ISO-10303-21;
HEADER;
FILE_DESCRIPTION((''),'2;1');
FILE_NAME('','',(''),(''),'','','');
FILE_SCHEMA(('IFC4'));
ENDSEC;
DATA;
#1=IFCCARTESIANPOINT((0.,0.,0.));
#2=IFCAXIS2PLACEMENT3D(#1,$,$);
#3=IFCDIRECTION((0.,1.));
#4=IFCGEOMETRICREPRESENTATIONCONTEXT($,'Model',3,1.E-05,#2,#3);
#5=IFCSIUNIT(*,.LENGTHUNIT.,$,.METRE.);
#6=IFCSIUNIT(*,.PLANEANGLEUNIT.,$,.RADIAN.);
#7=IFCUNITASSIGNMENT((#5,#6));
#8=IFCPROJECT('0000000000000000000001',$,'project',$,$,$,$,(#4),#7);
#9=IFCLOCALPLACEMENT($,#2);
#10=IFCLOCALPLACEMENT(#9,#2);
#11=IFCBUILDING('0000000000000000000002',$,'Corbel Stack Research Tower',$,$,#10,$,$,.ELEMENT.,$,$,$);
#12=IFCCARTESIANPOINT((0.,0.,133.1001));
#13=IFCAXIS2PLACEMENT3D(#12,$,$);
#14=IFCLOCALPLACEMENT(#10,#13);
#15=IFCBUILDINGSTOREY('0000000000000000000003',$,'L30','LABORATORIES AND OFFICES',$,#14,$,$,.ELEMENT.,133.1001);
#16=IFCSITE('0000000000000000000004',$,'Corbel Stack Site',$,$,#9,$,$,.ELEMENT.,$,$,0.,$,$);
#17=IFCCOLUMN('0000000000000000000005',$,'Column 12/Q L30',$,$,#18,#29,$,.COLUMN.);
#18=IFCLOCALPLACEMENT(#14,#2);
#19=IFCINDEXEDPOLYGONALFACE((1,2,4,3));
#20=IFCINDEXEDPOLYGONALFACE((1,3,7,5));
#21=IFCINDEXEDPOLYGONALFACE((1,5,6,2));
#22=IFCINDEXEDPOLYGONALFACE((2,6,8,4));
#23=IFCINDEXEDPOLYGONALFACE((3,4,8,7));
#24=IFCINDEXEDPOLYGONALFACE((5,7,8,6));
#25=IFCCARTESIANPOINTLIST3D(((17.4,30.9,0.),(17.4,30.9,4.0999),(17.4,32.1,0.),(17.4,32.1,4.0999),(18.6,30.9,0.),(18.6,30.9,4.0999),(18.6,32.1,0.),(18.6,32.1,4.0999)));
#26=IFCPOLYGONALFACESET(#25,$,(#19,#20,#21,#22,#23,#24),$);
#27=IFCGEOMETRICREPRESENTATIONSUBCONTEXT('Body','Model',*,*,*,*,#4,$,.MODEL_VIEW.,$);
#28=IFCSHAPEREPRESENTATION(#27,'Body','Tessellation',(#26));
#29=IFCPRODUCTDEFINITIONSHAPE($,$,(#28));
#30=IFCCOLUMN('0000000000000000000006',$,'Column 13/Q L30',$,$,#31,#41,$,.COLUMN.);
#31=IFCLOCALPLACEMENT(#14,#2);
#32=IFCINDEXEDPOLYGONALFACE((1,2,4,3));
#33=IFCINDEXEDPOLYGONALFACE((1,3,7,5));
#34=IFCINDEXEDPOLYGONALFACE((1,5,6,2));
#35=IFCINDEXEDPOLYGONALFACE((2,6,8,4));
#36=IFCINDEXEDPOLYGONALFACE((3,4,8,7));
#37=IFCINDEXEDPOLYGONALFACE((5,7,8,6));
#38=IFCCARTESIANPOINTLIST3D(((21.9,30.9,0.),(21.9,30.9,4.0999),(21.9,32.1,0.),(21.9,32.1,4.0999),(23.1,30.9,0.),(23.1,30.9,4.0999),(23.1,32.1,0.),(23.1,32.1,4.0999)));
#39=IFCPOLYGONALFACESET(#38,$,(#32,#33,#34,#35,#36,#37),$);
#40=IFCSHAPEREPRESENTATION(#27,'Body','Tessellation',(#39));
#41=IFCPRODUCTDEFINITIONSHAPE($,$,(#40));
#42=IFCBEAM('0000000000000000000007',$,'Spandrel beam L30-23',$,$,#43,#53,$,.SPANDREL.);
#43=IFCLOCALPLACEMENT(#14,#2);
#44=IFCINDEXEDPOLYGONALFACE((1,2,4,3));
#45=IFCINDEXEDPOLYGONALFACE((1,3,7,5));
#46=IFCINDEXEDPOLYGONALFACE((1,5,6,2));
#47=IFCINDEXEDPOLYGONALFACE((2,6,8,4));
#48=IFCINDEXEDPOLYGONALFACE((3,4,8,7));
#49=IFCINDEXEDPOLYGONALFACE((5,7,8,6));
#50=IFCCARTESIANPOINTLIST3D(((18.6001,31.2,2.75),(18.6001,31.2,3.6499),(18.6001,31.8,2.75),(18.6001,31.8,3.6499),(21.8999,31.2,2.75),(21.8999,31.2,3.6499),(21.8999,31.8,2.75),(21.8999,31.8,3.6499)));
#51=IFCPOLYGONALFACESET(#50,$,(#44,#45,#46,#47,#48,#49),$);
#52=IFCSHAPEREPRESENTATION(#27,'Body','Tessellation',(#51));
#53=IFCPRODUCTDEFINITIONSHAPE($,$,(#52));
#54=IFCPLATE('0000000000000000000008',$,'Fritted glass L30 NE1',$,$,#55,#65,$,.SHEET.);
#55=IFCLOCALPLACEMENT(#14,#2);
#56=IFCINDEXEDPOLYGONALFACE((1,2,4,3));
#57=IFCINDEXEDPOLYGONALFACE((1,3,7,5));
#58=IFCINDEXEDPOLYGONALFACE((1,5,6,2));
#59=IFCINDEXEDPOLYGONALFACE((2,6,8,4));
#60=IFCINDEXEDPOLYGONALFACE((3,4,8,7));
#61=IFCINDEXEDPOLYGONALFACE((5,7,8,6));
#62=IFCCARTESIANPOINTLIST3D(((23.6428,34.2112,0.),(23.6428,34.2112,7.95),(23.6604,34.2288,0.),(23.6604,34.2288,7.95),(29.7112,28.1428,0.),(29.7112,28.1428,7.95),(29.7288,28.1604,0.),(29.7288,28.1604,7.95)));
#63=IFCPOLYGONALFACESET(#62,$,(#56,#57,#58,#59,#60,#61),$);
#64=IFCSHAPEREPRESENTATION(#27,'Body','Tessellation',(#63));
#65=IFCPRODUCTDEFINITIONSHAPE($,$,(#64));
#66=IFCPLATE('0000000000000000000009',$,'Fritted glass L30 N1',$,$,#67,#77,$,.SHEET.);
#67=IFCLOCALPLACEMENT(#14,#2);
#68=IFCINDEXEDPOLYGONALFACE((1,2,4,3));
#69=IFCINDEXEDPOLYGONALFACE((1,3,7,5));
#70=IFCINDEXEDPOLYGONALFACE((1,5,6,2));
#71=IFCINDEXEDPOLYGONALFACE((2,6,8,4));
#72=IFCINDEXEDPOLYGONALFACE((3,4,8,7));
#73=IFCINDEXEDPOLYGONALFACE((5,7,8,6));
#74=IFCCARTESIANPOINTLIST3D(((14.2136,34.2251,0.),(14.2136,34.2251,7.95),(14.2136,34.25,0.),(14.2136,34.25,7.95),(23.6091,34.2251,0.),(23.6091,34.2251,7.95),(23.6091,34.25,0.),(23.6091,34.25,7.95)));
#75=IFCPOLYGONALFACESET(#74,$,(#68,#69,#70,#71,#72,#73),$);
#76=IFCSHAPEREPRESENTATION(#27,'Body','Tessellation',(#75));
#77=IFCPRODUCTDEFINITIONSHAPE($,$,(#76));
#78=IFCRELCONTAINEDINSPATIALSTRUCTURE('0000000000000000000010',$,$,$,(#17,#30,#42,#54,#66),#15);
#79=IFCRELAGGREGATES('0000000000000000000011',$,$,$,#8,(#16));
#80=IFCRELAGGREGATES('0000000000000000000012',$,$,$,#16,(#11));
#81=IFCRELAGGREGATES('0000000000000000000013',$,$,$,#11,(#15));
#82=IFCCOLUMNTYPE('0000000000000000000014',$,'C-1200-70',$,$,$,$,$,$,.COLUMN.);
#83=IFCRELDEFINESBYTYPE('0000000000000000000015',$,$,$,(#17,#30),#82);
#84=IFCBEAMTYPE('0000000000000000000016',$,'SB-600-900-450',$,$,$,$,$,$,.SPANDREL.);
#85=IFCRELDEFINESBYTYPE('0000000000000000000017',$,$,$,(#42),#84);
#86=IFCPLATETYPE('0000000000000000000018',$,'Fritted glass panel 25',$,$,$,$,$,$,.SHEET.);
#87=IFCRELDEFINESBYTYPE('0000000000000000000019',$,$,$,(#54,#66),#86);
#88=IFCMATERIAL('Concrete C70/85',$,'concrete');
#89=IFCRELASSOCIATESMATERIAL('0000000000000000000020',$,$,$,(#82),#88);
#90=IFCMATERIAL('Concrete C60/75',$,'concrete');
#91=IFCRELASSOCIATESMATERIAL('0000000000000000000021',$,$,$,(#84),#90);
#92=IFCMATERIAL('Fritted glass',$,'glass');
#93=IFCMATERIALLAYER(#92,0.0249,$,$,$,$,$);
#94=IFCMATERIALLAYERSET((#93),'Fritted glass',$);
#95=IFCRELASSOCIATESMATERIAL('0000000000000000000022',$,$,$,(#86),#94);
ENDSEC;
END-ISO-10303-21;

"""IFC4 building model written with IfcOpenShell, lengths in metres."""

from ifc_helpers import new_model, si_unit, direction, frame, origin, origin_2d, place, context, subcontext, project, spatial, rectangle, extrude, material, layer, layer_set, material_profile, profile_set, type_object, element, save


model = new_model("IFC4")

# Units and contexts
model_context = context("Model", 3, precision=1e-05, world=origin(), true_north=direction((0.0, 1.0)))
body_context = subcontext(model_context, "Body", "Model", "MODEL_VIEW")
ifc_project = project(units=[si_unit("LENGTHUNIT", "METRE"), si_unit("PLANEANGLEUNIT", "RADIAN")], contexts=[model_context])

# Site, building, storey
site_placement = place(None, origin())
site = spatial("IfcSite", under=ifc_project, at=site_placement, Name="Corbel Stack Site", CompositionType="ELEMENT", RefElevation=0.0)
building_placement = place(site_placement, origin())
building = spatial("IfcBuilding", under=site, at=building_placement, Name="Corbel Stack Research Tower", CompositionType="ELEMENT")
storey_placement = place(building_placement, frame((0.0, 0.0, 133.1001)))
storey = spatial("IfcBuildingStorey", under=building, at=storey_placement, Name="L30", Description="LABORATORIES AND OFFICES", CompositionType="ELEMENT", Elevation=133.1001)

# Columns
ifc_material_1 = material(Name="Concrete C70/85", Category="concrete")
ifc_material_profile_1 = material_profile(ifc_material_1, rectangle(XDim=1.2, YDim=1.2, at=origin_2d()), Name="RC 1200 x 1200")
ifc_profile_set_1 = profile_set([ifc_material_profile_1], Name="Concrete C70/85")
column_type = type_object("IfcColumnType", Name="C-1200-70", PredefinedType="COLUMN", material=ifc_profile_set_1)
for number, where, z_axis, x_axis, name in (
    (1, (18.0, 31.5, 0.0), (0.0, 0.0, 1.0), (1.0, 0.0, 0.0), "Column 12/Q L30"),
    (2, (22.5, 31.5, 0.0), (0.0, 0.0, 1.0), (1.0, 0.0, 0.0), "Column 13/Q L30"),
):
    element("IfcColumn", number, at=place(storey_placement, frame(where, z_axis=z_axis, x_axis=x_axis)), inside=storey, type_object=column_type, Name=name, PredefinedType="COLUMN", context=body_context, shape_type="SweptSolid", body=[
        extrude(rectangle(XDim=1.2, YDim=1.2, at=origin_2d()), origin(), (0.0, 0.0, 1.0), 4.0999),
    ])

# Beam
ifc_material_2 = material(Name="Concrete C60/75", Category="concrete")
ifc_material_profile_2 = material_profile(ifc_material_2, rectangle(XDim=0.6001, YDim=0.8999, at=origin_2d()), Name="RC 600 x 900")
ifc_profile_set_2 = profile_set([ifc_material_profile_2], Name="Concrete C60/75")
beam_type = type_object("IfcBeamType", Name="SB-600-900-450", PredefinedType="SPANDREL", material=ifc_profile_set_2)
beam_placement = place(storey_placement, frame((21.8999, 31.5, 3.2), z_axis=(-1.0, 0.0, 0.0), x_axis=(0.0, -1.0, 0.0)))
element("IfcBeam", 3, at=beam_placement, inside=storey, type_object=beam_type, Name="Spandrel beam L30-23", PredefinedType="SPANDREL", context=body_context, shape_type="SweptSolid", body=[
    extrude(rectangle(XDim=0.6001, YDim=0.8999, at=origin_2d()), origin(), (0.0, 0.0, 1.0), 3.2998),
])

# Plates
ifc_material_3 = material(Name="Fritted glass", Category="glass")
ifc_layer_1 = layer(ifc_material_3, 0.0249)
ifc_layer_set_1 = layer_set([ifc_layer_1], Name="Fritted glass")
plate_type = type_object("IfcPlateType", Name="Fritted glass panel 25", PredefinedType="SHEET", material=ifc_layer_set_1)
plate_1_placement = place(storey_placement, frame((26.6858, 31.1858, 0.0), z_axis=(0.0, 0.0, 1.0), x_axis=(-0.707107, 0.707107, 0.0)))
element("IfcPlate", 4, at=plate_1_placement, inside=storey, type_object=plate_type, Name="Fritted glass L30 NE1", PredefinedType="SHEET", context=body_context, shape_type="SweptSolid", body=[
    extrude(rectangle(XDim=8.582, YDim=0.0249, at=origin_2d()), origin(), (0.0, 0.0, 1.0), 7.95),
])
plate_2_placement = place(storey_placement, frame((18.9114, 34.2375, 0.0), z_axis=(0.0, 0.0, 1.0), x_axis=(-1.0, 0.0, 0.0)))
element("IfcPlate", 5, at=plate_2_placement, inside=storey, type_object=plate_type, Name="Fritted glass L30 N1", PredefinedType="SHEET", context=body_context, shape_type="SweptSolid", body=[
    extrude(rectangle(XDim=9.3955, YDim=0.0249, at=origin_2d()), origin(), (0.0, 0.0, 1.0), 7.95),
])

save(model, "model.ifc")
